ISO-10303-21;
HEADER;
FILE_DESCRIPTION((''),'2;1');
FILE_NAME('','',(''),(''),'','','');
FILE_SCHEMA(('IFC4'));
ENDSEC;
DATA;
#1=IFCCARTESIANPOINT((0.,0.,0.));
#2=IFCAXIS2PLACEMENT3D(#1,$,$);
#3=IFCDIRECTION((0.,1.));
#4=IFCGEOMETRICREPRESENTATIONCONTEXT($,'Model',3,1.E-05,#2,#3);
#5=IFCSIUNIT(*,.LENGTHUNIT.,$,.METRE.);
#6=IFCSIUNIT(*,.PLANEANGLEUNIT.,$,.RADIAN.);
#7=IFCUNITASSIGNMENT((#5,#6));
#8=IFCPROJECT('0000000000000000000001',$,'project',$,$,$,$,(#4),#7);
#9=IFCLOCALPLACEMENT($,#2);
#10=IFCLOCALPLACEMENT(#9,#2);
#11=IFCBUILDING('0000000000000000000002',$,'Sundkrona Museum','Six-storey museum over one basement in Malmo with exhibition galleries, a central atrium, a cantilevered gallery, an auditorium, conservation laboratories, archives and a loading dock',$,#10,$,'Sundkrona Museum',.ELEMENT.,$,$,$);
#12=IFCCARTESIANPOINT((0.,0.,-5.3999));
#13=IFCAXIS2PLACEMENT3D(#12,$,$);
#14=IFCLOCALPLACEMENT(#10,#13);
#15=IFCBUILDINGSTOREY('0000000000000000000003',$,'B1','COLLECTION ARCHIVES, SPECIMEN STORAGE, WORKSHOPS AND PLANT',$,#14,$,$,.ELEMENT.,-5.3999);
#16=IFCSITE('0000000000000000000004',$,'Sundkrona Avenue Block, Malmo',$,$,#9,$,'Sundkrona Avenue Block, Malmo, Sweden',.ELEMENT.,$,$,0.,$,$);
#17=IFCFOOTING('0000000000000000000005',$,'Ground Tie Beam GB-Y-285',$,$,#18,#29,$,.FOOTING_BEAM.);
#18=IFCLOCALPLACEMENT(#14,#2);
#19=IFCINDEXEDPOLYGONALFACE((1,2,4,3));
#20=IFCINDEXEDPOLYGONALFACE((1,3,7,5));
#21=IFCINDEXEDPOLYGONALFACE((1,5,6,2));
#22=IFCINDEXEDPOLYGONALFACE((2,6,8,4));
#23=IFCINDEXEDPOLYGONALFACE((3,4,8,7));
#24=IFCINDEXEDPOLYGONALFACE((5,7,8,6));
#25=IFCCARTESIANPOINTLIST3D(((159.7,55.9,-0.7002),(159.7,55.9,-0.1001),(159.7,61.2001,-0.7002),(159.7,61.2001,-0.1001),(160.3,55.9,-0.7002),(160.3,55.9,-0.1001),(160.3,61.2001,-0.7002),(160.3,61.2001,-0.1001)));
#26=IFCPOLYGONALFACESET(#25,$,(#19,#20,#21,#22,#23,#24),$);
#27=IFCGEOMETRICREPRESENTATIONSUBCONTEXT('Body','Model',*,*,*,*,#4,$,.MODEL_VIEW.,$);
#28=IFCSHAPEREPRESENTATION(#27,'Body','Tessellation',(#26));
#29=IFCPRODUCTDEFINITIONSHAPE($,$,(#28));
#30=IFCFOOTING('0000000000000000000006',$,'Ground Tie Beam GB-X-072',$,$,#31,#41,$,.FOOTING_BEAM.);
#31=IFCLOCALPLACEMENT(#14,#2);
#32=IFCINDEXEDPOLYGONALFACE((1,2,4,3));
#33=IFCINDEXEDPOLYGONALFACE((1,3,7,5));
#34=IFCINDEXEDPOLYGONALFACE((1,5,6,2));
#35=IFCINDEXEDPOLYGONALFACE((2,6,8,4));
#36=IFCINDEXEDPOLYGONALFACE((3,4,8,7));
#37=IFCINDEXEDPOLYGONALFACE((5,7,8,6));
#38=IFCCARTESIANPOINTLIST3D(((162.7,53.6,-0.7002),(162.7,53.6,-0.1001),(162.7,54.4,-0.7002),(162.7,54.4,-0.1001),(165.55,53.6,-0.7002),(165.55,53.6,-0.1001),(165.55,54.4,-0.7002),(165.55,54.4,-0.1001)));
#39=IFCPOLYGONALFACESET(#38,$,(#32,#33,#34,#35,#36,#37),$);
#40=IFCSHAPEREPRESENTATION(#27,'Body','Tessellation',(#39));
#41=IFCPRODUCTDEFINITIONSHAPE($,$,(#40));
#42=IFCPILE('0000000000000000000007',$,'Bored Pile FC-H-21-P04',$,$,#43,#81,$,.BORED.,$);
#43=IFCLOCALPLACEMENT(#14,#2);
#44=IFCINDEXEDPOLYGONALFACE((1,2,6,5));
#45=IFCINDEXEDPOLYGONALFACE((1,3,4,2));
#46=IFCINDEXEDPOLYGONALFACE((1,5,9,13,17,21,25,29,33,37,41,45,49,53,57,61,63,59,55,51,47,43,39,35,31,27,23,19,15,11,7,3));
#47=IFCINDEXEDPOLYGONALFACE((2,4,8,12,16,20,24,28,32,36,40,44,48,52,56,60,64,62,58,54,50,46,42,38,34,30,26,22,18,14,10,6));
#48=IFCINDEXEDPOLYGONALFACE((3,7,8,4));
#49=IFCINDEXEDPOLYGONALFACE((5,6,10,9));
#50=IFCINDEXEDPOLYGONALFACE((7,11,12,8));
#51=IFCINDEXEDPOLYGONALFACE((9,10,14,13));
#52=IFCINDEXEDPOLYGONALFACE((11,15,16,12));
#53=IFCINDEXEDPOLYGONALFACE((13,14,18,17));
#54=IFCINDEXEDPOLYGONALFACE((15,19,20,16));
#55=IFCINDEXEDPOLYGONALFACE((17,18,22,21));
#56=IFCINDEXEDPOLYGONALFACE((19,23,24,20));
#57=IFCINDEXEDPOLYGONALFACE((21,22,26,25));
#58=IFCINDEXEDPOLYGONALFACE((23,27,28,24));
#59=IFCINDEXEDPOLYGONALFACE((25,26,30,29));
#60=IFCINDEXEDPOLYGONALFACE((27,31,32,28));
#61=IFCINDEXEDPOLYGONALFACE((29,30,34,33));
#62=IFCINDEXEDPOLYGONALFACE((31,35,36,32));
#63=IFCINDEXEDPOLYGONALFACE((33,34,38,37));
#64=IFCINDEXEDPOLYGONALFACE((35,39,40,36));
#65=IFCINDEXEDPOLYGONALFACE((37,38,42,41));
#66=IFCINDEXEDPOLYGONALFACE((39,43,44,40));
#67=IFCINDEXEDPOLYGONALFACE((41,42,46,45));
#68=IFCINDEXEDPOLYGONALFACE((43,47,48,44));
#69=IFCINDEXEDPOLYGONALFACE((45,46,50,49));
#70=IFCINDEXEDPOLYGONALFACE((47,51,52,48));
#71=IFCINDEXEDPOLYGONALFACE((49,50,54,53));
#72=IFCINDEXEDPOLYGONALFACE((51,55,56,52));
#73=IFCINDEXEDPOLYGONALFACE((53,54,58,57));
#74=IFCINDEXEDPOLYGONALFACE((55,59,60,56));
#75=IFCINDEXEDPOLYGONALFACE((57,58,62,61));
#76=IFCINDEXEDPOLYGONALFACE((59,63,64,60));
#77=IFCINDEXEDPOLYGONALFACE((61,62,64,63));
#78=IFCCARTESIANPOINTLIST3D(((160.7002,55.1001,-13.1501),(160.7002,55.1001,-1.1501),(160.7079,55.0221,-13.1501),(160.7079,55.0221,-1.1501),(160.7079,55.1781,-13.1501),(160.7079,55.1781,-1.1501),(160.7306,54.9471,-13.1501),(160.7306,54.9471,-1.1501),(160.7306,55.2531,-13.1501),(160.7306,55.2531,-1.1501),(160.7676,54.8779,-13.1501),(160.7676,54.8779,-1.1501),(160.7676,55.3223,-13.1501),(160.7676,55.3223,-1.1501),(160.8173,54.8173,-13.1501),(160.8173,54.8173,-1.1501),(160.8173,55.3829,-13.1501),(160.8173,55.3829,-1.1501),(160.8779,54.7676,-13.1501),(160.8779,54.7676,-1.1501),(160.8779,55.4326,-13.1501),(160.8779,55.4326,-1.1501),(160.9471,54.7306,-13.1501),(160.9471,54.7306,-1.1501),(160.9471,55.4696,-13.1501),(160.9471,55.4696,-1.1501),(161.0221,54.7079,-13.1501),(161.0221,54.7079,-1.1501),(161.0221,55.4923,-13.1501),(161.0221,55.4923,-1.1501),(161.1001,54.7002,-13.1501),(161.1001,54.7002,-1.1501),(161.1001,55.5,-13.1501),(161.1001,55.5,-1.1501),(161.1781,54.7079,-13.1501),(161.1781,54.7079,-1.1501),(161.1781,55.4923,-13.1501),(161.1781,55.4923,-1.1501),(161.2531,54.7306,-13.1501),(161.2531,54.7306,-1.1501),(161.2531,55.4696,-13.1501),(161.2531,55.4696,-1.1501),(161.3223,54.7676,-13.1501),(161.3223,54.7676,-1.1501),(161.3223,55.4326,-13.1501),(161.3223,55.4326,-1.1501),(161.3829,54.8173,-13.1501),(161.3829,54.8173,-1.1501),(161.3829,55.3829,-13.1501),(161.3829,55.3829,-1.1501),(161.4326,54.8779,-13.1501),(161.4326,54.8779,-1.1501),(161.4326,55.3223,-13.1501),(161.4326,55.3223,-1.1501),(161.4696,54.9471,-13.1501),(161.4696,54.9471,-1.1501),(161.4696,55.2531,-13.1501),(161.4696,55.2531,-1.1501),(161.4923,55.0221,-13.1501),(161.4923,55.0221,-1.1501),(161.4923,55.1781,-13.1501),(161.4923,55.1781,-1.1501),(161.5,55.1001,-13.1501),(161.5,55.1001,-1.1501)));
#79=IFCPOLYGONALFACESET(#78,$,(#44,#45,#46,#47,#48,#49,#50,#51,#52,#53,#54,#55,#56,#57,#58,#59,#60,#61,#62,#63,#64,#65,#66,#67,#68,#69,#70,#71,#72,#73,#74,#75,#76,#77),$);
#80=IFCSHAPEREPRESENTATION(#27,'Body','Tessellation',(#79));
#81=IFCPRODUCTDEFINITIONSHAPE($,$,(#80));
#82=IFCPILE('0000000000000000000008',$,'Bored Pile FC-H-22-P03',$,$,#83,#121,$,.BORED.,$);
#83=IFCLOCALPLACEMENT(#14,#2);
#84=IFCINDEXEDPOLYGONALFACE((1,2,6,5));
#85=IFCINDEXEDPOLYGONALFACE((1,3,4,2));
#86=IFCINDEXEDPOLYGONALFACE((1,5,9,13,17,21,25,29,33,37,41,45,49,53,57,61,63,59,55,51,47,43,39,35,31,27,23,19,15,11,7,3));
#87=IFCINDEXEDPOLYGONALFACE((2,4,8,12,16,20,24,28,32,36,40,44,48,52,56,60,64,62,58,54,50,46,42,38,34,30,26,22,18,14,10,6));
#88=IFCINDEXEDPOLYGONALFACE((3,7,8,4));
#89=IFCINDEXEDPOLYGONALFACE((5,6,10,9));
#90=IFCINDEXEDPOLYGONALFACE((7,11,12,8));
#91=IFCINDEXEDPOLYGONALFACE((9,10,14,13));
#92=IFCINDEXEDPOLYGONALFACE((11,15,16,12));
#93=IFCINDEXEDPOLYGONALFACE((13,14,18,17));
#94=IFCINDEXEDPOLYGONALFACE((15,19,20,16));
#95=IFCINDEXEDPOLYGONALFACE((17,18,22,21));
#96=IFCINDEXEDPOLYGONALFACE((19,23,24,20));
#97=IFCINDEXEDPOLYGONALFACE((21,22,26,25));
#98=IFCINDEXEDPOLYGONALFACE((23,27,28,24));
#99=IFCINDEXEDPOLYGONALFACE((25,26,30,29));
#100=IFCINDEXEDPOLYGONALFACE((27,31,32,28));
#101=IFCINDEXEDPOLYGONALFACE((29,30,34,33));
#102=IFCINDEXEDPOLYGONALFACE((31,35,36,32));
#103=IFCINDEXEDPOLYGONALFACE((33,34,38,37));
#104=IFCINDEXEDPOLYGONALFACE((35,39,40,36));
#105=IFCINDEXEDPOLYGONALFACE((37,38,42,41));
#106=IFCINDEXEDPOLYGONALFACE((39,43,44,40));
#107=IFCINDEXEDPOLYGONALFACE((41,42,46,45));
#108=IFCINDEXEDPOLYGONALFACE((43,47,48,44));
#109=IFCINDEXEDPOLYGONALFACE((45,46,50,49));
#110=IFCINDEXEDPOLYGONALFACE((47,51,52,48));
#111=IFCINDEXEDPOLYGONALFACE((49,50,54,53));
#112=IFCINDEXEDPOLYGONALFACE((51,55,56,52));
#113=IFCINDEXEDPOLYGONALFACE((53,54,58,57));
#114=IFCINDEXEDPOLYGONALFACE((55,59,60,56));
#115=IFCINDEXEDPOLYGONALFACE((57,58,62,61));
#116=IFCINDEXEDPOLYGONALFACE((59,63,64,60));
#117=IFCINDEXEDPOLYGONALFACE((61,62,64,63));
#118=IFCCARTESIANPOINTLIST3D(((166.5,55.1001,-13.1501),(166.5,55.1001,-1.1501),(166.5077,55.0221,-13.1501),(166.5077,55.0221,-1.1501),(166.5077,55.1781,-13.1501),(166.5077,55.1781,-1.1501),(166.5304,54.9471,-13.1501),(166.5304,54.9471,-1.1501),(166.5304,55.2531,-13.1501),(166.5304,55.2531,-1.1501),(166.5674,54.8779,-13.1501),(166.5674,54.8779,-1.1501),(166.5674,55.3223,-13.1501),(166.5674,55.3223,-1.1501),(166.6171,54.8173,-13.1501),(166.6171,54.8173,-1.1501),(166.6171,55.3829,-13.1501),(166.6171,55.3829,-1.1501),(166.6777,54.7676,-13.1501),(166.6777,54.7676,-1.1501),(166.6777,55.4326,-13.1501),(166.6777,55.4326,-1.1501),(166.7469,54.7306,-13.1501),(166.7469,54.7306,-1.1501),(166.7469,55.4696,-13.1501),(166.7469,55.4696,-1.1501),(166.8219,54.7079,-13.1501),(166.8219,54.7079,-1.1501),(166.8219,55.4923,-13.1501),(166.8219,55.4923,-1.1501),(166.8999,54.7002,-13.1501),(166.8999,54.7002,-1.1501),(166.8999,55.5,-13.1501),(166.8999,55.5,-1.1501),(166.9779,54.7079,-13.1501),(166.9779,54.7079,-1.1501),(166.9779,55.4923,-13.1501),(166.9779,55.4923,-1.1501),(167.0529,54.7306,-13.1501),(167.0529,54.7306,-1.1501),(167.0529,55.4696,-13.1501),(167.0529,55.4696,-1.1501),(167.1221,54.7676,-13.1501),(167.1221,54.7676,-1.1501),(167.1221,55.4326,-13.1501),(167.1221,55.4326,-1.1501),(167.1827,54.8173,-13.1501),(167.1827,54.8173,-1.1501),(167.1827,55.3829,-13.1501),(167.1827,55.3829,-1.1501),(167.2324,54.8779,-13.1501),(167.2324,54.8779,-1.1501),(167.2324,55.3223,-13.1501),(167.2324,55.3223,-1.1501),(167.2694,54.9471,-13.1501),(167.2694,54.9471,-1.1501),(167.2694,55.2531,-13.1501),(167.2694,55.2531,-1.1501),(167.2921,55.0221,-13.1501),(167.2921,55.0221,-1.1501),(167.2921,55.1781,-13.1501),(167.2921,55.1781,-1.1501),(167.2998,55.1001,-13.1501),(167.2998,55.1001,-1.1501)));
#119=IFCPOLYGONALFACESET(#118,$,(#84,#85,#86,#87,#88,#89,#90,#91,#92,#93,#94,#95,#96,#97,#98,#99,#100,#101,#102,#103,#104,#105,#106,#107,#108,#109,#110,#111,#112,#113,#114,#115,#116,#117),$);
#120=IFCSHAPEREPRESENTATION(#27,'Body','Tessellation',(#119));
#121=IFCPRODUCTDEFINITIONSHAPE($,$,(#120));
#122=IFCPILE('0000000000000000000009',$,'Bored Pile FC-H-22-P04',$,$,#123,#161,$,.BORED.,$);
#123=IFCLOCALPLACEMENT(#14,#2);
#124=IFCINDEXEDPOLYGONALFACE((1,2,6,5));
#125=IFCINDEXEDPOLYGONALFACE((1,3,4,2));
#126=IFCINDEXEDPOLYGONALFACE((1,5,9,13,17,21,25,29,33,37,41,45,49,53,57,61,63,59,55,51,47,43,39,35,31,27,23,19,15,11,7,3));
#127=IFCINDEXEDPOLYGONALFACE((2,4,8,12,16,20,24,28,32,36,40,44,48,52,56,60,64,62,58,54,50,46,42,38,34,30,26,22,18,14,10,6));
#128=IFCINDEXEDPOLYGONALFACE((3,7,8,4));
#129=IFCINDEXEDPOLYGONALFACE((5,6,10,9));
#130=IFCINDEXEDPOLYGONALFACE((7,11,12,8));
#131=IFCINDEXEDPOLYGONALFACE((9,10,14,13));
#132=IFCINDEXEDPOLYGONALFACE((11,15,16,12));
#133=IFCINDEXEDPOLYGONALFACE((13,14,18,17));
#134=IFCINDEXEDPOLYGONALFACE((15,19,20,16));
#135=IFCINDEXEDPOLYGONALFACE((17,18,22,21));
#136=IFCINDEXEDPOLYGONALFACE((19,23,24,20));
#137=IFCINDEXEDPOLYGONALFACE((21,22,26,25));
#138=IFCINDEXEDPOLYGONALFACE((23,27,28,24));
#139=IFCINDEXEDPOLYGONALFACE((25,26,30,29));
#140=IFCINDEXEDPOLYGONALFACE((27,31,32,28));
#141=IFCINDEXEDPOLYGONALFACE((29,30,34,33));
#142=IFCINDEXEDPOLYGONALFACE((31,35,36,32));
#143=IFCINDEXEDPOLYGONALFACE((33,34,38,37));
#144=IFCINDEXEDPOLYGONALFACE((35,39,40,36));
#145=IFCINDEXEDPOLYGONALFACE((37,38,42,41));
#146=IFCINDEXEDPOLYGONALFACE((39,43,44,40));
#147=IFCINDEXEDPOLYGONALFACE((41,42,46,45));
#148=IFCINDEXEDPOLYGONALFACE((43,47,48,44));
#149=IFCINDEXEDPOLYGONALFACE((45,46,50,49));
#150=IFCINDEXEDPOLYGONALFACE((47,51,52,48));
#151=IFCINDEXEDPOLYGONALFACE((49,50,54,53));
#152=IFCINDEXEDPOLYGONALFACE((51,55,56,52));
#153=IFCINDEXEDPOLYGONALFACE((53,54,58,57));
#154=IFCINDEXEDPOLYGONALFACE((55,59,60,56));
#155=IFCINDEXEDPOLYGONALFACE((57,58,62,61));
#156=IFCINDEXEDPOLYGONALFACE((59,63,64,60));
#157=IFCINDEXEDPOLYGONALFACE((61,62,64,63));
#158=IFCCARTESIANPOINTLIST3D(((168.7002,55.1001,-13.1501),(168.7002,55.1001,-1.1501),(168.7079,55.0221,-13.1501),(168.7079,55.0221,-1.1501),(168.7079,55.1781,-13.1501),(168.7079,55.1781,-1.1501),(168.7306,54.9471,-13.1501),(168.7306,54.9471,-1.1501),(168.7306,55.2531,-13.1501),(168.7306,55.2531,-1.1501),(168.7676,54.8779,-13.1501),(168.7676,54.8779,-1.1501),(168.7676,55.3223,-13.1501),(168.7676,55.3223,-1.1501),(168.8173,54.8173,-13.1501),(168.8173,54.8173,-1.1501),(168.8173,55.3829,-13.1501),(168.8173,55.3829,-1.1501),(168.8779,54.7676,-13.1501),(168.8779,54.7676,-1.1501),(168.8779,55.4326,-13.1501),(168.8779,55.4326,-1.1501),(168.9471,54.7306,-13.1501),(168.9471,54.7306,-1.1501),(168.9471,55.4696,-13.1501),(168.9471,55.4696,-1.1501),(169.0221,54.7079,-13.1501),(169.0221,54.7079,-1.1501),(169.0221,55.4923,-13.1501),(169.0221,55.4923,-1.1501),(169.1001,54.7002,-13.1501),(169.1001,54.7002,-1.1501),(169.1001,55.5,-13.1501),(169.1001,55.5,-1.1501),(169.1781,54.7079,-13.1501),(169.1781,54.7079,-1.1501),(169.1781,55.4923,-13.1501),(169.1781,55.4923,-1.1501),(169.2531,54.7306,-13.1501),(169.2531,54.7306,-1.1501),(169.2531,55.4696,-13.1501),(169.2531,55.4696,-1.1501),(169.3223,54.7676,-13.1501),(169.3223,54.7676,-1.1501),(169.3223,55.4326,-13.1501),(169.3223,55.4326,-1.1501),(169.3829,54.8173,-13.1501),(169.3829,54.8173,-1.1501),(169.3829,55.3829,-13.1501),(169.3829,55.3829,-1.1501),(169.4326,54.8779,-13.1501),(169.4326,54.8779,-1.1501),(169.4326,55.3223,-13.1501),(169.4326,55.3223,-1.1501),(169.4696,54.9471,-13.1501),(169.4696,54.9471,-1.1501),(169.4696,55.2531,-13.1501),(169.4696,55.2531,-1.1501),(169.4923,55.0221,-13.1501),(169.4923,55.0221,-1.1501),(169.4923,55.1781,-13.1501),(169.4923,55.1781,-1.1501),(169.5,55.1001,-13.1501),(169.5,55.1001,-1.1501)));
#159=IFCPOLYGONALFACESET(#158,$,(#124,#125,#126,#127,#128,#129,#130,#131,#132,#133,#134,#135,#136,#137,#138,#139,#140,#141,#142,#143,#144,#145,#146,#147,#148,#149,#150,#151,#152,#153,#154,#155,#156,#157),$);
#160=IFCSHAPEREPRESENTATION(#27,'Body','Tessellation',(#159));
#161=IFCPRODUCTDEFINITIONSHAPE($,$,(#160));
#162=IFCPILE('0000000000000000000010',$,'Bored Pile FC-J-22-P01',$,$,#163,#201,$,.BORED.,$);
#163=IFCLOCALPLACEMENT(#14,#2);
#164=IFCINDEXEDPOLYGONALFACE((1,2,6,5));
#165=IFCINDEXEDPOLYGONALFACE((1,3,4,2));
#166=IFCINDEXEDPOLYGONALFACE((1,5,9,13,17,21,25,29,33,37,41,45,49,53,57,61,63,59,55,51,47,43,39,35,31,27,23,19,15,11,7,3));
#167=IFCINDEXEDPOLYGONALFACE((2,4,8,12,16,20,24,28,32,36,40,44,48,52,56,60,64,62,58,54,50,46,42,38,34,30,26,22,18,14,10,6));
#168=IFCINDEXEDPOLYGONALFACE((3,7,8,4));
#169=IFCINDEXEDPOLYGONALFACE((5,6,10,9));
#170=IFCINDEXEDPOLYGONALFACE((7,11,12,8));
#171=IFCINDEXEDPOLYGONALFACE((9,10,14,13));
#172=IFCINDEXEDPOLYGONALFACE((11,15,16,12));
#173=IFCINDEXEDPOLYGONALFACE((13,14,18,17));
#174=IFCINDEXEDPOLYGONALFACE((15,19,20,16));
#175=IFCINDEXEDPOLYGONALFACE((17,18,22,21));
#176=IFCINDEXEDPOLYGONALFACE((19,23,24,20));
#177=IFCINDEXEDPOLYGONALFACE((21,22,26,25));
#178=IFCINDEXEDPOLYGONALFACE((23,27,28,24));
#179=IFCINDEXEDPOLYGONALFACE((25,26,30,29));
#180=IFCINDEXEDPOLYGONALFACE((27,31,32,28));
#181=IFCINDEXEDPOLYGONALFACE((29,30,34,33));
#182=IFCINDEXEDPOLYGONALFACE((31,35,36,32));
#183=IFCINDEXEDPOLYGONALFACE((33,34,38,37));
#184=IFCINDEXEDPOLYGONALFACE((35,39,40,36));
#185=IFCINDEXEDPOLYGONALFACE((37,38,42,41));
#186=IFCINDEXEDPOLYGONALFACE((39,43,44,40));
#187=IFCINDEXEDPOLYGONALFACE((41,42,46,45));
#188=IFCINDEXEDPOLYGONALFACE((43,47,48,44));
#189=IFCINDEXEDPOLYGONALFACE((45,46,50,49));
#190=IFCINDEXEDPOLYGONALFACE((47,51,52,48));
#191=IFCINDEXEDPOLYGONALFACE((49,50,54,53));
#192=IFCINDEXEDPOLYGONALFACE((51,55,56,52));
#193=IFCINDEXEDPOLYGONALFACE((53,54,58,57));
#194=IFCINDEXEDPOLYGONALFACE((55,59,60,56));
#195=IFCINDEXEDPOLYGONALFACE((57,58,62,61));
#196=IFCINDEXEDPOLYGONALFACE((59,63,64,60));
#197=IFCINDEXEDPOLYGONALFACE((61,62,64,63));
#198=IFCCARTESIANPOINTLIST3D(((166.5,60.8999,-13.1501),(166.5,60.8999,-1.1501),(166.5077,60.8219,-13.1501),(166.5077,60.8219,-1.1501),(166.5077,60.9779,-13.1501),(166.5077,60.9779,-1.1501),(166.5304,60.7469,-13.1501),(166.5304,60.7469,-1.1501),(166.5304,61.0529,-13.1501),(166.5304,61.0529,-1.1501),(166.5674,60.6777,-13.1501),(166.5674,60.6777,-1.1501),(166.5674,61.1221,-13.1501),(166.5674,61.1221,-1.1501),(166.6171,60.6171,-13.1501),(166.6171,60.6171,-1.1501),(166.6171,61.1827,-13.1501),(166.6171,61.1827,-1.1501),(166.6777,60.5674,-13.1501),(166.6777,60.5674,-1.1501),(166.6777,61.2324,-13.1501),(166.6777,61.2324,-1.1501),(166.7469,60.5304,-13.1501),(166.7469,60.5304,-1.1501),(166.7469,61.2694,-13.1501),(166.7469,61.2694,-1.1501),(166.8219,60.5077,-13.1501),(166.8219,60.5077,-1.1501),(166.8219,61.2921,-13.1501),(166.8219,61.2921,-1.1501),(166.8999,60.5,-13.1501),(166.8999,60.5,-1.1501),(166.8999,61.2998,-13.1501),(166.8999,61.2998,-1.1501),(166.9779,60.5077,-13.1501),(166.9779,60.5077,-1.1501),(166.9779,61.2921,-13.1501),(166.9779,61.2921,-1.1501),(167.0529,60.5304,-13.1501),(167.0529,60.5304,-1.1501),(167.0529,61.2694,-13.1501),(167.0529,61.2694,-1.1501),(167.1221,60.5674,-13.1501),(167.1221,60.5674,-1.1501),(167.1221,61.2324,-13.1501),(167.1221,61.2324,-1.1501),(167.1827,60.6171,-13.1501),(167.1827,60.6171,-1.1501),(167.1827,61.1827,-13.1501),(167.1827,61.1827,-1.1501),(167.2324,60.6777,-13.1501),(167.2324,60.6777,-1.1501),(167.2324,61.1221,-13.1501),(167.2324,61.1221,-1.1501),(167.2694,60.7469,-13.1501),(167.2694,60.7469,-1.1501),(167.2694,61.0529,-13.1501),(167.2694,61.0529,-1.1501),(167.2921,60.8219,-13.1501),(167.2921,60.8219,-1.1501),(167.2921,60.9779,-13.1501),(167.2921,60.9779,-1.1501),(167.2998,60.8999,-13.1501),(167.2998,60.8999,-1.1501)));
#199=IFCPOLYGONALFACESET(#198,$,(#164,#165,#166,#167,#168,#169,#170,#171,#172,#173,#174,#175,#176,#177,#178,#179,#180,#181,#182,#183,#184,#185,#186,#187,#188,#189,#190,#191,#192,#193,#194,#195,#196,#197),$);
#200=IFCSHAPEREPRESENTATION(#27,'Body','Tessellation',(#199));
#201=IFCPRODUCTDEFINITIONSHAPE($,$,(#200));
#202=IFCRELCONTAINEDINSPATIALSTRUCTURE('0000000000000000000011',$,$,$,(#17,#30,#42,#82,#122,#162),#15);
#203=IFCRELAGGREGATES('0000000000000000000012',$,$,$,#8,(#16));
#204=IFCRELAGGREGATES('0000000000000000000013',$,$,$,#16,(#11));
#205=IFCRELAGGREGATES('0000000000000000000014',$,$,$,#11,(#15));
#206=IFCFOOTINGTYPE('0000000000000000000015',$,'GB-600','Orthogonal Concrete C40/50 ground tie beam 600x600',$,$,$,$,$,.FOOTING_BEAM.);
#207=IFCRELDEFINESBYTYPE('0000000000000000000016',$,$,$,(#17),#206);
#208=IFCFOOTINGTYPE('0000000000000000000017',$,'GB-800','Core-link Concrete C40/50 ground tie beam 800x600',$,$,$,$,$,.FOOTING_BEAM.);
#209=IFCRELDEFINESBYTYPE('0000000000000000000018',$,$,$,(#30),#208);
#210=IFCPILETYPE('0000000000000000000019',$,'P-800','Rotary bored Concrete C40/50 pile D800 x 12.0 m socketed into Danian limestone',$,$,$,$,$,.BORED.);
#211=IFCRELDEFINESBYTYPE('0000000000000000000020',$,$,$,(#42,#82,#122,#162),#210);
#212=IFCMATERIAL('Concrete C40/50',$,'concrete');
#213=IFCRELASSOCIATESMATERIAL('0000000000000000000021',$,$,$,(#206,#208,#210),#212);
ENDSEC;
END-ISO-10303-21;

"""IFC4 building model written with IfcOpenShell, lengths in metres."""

from ifc_helpers import new_model, si_unit, direction, frame, origin, origin_2d, place, context, subcontext, project, spatial, rectangle, circle, extrude, material, material_profile, profile_set, type_object, element, save


model = new_model("IFC4")

# Units and contexts
model_context = context("Model", 3, precision=1e-05, world=origin(), true_north=direction((0.0, 1.0)))
body_context = subcontext(model_context, "Body", "Model", "MODEL_VIEW")
ifc_project = project(units=[si_unit("LENGTHUNIT", "METRE"), si_unit("PLANEANGLEUNIT", "RADIAN")], contexts=[model_context])

# Site, building, storey
site_placement = place(None, origin())
site = spatial("IfcSite", under=ifc_project, at=site_placement, Name="Sundkrona Avenue Block, Malmo", LongName="Sundkrona Avenue Block, Malmo, Sweden", CompositionType="ELEMENT", RefElevation=0.0)
building_placement = place(site_placement, origin())
building = spatial("IfcBuilding", under=site, at=building_placement, Name="Sundkrona Museum", Description="Six-storey museum over one basement in Malmo with exhibition galleries, a central atrium, a cantilevered gallery, an auditorium, conservation laboratories, archives and a loading dock", LongName="Sundkrona Museum", CompositionType="ELEMENT")
storey_placement = place(building_placement, frame((0.0, 0.0, -5.3999)))
storey = spatial("IfcBuildingStorey", under=building, at=storey_placement, Name="B1", Description="COLLECTION ARCHIVES, SPECIMEN STORAGE, WORKSHOPS AND PLANT", CompositionType="ELEMENT", Elevation=-5.3999)

# Footings
ifc_material_1 = material(Name="Concrete C40/50", Category="concrete")
footing_type_1 = type_object("IfcFootingType", Name="GB-600", Description="Orthogonal Concrete C40/50 ground tie beam 600x600", PredefinedType="FOOTING_BEAM", material=ifc_material_1)
footing_1_placement = place(storey_placement, frame((160.0, 58.55, -0.7002), z_axis=(0.0, 0.0, 1.0), x_axis=(0.0, 1.0, 0.0)))
element("IfcFooting", 1, at=footing_1_placement, inside=storey, type_object=footing_type_1, Name="Ground Tie Beam GB-Y-285", PredefinedType="FOOTING_BEAM", context=body_context, shape_type="SweptSolid", body=[
    extrude(rectangle(XDim=5.3, YDim=0.6001, at=origin_2d()), origin(), (0.0, 0.0, 1.0), 0.6001),
])
footing_type_2 = type_object("IfcFootingType", Name="GB-800", Description="Core-link Concrete C40/50 ground tie beam 800x600", PredefinedType="FOOTING_BEAM", material=ifc_material_1)
footing_2_placement = place(storey_placement, frame((164.125, 54.0, -0.7002), z_axis=(0.0, 0.0, 1.0), x_axis=(1.0, 0.0, 0.0)))
element("IfcFooting", 2, at=footing_2_placement, inside=storey, type_object=footing_type_2, Name="Ground Tie Beam GB-X-072", PredefinedType="FOOTING_BEAM", context=body_context, shape_type="SweptSolid", body=[
    extrude(rectangle(XDim=2.8501, YDim=0.8, at=origin_2d()), origin(), (0.0, 0.0, 1.0), 0.6001),
])

# Piles
ifc_material_profile_1 = material_profile(ifc_material_1, circle(Radius=0.3999, at=origin_2d()), Name="PILE D800")
ifc_profile_set_1 = profile_set([ifc_material_profile_1], Name="Concrete C40/50")
pile_type = type_object("IfcPileType", Name="P-800", Description="Rotary bored Concrete C40/50 pile D800 x 12.0 m socketed into Danian limestone", PredefinedType="BORED", material=ifc_profile_set_1)
for number, where, z_axis, x_axis, name in (
    (3, (161.1001, 55.1001, -1.1501), (0.0, 0.0, -1.0), (1.0, 0.0, 0.0), "Bored Pile FC-H-21-P04"),
    (4, (166.8999, 55.1001, -1.1501), (0.0, 0.0, -1.0), (1.0, 0.0, 0.0), "Bored Pile FC-H-22-P03"),
    (5, (169.1001, 55.1001, -1.1501), (0.0, 0.0, -1.0), (1.0, 0.0, 0.0), "Bored Pile FC-H-22-P04"),
    (6, (166.8999, 60.8999, -1.1501), (0.0, 0.0, -1.0), (1.0, 0.0, 0.0), "Bored Pile FC-J-22-P01"),
):
    element("IfcPile", number, at=place(storey_placement, frame(where, z_axis=z_axis, x_axis=x_axis)), inside=storey, type_object=pile_type, Name=name, PredefinedType="BORED", context=body_context, shape_type="SweptSolid", body=[
        extrude(circle(Radius=0.3999, at=origin_2d()), origin(), (0.0, 0.0, 1.0), 12.0),
    ])

save(model, "model.ifc")
